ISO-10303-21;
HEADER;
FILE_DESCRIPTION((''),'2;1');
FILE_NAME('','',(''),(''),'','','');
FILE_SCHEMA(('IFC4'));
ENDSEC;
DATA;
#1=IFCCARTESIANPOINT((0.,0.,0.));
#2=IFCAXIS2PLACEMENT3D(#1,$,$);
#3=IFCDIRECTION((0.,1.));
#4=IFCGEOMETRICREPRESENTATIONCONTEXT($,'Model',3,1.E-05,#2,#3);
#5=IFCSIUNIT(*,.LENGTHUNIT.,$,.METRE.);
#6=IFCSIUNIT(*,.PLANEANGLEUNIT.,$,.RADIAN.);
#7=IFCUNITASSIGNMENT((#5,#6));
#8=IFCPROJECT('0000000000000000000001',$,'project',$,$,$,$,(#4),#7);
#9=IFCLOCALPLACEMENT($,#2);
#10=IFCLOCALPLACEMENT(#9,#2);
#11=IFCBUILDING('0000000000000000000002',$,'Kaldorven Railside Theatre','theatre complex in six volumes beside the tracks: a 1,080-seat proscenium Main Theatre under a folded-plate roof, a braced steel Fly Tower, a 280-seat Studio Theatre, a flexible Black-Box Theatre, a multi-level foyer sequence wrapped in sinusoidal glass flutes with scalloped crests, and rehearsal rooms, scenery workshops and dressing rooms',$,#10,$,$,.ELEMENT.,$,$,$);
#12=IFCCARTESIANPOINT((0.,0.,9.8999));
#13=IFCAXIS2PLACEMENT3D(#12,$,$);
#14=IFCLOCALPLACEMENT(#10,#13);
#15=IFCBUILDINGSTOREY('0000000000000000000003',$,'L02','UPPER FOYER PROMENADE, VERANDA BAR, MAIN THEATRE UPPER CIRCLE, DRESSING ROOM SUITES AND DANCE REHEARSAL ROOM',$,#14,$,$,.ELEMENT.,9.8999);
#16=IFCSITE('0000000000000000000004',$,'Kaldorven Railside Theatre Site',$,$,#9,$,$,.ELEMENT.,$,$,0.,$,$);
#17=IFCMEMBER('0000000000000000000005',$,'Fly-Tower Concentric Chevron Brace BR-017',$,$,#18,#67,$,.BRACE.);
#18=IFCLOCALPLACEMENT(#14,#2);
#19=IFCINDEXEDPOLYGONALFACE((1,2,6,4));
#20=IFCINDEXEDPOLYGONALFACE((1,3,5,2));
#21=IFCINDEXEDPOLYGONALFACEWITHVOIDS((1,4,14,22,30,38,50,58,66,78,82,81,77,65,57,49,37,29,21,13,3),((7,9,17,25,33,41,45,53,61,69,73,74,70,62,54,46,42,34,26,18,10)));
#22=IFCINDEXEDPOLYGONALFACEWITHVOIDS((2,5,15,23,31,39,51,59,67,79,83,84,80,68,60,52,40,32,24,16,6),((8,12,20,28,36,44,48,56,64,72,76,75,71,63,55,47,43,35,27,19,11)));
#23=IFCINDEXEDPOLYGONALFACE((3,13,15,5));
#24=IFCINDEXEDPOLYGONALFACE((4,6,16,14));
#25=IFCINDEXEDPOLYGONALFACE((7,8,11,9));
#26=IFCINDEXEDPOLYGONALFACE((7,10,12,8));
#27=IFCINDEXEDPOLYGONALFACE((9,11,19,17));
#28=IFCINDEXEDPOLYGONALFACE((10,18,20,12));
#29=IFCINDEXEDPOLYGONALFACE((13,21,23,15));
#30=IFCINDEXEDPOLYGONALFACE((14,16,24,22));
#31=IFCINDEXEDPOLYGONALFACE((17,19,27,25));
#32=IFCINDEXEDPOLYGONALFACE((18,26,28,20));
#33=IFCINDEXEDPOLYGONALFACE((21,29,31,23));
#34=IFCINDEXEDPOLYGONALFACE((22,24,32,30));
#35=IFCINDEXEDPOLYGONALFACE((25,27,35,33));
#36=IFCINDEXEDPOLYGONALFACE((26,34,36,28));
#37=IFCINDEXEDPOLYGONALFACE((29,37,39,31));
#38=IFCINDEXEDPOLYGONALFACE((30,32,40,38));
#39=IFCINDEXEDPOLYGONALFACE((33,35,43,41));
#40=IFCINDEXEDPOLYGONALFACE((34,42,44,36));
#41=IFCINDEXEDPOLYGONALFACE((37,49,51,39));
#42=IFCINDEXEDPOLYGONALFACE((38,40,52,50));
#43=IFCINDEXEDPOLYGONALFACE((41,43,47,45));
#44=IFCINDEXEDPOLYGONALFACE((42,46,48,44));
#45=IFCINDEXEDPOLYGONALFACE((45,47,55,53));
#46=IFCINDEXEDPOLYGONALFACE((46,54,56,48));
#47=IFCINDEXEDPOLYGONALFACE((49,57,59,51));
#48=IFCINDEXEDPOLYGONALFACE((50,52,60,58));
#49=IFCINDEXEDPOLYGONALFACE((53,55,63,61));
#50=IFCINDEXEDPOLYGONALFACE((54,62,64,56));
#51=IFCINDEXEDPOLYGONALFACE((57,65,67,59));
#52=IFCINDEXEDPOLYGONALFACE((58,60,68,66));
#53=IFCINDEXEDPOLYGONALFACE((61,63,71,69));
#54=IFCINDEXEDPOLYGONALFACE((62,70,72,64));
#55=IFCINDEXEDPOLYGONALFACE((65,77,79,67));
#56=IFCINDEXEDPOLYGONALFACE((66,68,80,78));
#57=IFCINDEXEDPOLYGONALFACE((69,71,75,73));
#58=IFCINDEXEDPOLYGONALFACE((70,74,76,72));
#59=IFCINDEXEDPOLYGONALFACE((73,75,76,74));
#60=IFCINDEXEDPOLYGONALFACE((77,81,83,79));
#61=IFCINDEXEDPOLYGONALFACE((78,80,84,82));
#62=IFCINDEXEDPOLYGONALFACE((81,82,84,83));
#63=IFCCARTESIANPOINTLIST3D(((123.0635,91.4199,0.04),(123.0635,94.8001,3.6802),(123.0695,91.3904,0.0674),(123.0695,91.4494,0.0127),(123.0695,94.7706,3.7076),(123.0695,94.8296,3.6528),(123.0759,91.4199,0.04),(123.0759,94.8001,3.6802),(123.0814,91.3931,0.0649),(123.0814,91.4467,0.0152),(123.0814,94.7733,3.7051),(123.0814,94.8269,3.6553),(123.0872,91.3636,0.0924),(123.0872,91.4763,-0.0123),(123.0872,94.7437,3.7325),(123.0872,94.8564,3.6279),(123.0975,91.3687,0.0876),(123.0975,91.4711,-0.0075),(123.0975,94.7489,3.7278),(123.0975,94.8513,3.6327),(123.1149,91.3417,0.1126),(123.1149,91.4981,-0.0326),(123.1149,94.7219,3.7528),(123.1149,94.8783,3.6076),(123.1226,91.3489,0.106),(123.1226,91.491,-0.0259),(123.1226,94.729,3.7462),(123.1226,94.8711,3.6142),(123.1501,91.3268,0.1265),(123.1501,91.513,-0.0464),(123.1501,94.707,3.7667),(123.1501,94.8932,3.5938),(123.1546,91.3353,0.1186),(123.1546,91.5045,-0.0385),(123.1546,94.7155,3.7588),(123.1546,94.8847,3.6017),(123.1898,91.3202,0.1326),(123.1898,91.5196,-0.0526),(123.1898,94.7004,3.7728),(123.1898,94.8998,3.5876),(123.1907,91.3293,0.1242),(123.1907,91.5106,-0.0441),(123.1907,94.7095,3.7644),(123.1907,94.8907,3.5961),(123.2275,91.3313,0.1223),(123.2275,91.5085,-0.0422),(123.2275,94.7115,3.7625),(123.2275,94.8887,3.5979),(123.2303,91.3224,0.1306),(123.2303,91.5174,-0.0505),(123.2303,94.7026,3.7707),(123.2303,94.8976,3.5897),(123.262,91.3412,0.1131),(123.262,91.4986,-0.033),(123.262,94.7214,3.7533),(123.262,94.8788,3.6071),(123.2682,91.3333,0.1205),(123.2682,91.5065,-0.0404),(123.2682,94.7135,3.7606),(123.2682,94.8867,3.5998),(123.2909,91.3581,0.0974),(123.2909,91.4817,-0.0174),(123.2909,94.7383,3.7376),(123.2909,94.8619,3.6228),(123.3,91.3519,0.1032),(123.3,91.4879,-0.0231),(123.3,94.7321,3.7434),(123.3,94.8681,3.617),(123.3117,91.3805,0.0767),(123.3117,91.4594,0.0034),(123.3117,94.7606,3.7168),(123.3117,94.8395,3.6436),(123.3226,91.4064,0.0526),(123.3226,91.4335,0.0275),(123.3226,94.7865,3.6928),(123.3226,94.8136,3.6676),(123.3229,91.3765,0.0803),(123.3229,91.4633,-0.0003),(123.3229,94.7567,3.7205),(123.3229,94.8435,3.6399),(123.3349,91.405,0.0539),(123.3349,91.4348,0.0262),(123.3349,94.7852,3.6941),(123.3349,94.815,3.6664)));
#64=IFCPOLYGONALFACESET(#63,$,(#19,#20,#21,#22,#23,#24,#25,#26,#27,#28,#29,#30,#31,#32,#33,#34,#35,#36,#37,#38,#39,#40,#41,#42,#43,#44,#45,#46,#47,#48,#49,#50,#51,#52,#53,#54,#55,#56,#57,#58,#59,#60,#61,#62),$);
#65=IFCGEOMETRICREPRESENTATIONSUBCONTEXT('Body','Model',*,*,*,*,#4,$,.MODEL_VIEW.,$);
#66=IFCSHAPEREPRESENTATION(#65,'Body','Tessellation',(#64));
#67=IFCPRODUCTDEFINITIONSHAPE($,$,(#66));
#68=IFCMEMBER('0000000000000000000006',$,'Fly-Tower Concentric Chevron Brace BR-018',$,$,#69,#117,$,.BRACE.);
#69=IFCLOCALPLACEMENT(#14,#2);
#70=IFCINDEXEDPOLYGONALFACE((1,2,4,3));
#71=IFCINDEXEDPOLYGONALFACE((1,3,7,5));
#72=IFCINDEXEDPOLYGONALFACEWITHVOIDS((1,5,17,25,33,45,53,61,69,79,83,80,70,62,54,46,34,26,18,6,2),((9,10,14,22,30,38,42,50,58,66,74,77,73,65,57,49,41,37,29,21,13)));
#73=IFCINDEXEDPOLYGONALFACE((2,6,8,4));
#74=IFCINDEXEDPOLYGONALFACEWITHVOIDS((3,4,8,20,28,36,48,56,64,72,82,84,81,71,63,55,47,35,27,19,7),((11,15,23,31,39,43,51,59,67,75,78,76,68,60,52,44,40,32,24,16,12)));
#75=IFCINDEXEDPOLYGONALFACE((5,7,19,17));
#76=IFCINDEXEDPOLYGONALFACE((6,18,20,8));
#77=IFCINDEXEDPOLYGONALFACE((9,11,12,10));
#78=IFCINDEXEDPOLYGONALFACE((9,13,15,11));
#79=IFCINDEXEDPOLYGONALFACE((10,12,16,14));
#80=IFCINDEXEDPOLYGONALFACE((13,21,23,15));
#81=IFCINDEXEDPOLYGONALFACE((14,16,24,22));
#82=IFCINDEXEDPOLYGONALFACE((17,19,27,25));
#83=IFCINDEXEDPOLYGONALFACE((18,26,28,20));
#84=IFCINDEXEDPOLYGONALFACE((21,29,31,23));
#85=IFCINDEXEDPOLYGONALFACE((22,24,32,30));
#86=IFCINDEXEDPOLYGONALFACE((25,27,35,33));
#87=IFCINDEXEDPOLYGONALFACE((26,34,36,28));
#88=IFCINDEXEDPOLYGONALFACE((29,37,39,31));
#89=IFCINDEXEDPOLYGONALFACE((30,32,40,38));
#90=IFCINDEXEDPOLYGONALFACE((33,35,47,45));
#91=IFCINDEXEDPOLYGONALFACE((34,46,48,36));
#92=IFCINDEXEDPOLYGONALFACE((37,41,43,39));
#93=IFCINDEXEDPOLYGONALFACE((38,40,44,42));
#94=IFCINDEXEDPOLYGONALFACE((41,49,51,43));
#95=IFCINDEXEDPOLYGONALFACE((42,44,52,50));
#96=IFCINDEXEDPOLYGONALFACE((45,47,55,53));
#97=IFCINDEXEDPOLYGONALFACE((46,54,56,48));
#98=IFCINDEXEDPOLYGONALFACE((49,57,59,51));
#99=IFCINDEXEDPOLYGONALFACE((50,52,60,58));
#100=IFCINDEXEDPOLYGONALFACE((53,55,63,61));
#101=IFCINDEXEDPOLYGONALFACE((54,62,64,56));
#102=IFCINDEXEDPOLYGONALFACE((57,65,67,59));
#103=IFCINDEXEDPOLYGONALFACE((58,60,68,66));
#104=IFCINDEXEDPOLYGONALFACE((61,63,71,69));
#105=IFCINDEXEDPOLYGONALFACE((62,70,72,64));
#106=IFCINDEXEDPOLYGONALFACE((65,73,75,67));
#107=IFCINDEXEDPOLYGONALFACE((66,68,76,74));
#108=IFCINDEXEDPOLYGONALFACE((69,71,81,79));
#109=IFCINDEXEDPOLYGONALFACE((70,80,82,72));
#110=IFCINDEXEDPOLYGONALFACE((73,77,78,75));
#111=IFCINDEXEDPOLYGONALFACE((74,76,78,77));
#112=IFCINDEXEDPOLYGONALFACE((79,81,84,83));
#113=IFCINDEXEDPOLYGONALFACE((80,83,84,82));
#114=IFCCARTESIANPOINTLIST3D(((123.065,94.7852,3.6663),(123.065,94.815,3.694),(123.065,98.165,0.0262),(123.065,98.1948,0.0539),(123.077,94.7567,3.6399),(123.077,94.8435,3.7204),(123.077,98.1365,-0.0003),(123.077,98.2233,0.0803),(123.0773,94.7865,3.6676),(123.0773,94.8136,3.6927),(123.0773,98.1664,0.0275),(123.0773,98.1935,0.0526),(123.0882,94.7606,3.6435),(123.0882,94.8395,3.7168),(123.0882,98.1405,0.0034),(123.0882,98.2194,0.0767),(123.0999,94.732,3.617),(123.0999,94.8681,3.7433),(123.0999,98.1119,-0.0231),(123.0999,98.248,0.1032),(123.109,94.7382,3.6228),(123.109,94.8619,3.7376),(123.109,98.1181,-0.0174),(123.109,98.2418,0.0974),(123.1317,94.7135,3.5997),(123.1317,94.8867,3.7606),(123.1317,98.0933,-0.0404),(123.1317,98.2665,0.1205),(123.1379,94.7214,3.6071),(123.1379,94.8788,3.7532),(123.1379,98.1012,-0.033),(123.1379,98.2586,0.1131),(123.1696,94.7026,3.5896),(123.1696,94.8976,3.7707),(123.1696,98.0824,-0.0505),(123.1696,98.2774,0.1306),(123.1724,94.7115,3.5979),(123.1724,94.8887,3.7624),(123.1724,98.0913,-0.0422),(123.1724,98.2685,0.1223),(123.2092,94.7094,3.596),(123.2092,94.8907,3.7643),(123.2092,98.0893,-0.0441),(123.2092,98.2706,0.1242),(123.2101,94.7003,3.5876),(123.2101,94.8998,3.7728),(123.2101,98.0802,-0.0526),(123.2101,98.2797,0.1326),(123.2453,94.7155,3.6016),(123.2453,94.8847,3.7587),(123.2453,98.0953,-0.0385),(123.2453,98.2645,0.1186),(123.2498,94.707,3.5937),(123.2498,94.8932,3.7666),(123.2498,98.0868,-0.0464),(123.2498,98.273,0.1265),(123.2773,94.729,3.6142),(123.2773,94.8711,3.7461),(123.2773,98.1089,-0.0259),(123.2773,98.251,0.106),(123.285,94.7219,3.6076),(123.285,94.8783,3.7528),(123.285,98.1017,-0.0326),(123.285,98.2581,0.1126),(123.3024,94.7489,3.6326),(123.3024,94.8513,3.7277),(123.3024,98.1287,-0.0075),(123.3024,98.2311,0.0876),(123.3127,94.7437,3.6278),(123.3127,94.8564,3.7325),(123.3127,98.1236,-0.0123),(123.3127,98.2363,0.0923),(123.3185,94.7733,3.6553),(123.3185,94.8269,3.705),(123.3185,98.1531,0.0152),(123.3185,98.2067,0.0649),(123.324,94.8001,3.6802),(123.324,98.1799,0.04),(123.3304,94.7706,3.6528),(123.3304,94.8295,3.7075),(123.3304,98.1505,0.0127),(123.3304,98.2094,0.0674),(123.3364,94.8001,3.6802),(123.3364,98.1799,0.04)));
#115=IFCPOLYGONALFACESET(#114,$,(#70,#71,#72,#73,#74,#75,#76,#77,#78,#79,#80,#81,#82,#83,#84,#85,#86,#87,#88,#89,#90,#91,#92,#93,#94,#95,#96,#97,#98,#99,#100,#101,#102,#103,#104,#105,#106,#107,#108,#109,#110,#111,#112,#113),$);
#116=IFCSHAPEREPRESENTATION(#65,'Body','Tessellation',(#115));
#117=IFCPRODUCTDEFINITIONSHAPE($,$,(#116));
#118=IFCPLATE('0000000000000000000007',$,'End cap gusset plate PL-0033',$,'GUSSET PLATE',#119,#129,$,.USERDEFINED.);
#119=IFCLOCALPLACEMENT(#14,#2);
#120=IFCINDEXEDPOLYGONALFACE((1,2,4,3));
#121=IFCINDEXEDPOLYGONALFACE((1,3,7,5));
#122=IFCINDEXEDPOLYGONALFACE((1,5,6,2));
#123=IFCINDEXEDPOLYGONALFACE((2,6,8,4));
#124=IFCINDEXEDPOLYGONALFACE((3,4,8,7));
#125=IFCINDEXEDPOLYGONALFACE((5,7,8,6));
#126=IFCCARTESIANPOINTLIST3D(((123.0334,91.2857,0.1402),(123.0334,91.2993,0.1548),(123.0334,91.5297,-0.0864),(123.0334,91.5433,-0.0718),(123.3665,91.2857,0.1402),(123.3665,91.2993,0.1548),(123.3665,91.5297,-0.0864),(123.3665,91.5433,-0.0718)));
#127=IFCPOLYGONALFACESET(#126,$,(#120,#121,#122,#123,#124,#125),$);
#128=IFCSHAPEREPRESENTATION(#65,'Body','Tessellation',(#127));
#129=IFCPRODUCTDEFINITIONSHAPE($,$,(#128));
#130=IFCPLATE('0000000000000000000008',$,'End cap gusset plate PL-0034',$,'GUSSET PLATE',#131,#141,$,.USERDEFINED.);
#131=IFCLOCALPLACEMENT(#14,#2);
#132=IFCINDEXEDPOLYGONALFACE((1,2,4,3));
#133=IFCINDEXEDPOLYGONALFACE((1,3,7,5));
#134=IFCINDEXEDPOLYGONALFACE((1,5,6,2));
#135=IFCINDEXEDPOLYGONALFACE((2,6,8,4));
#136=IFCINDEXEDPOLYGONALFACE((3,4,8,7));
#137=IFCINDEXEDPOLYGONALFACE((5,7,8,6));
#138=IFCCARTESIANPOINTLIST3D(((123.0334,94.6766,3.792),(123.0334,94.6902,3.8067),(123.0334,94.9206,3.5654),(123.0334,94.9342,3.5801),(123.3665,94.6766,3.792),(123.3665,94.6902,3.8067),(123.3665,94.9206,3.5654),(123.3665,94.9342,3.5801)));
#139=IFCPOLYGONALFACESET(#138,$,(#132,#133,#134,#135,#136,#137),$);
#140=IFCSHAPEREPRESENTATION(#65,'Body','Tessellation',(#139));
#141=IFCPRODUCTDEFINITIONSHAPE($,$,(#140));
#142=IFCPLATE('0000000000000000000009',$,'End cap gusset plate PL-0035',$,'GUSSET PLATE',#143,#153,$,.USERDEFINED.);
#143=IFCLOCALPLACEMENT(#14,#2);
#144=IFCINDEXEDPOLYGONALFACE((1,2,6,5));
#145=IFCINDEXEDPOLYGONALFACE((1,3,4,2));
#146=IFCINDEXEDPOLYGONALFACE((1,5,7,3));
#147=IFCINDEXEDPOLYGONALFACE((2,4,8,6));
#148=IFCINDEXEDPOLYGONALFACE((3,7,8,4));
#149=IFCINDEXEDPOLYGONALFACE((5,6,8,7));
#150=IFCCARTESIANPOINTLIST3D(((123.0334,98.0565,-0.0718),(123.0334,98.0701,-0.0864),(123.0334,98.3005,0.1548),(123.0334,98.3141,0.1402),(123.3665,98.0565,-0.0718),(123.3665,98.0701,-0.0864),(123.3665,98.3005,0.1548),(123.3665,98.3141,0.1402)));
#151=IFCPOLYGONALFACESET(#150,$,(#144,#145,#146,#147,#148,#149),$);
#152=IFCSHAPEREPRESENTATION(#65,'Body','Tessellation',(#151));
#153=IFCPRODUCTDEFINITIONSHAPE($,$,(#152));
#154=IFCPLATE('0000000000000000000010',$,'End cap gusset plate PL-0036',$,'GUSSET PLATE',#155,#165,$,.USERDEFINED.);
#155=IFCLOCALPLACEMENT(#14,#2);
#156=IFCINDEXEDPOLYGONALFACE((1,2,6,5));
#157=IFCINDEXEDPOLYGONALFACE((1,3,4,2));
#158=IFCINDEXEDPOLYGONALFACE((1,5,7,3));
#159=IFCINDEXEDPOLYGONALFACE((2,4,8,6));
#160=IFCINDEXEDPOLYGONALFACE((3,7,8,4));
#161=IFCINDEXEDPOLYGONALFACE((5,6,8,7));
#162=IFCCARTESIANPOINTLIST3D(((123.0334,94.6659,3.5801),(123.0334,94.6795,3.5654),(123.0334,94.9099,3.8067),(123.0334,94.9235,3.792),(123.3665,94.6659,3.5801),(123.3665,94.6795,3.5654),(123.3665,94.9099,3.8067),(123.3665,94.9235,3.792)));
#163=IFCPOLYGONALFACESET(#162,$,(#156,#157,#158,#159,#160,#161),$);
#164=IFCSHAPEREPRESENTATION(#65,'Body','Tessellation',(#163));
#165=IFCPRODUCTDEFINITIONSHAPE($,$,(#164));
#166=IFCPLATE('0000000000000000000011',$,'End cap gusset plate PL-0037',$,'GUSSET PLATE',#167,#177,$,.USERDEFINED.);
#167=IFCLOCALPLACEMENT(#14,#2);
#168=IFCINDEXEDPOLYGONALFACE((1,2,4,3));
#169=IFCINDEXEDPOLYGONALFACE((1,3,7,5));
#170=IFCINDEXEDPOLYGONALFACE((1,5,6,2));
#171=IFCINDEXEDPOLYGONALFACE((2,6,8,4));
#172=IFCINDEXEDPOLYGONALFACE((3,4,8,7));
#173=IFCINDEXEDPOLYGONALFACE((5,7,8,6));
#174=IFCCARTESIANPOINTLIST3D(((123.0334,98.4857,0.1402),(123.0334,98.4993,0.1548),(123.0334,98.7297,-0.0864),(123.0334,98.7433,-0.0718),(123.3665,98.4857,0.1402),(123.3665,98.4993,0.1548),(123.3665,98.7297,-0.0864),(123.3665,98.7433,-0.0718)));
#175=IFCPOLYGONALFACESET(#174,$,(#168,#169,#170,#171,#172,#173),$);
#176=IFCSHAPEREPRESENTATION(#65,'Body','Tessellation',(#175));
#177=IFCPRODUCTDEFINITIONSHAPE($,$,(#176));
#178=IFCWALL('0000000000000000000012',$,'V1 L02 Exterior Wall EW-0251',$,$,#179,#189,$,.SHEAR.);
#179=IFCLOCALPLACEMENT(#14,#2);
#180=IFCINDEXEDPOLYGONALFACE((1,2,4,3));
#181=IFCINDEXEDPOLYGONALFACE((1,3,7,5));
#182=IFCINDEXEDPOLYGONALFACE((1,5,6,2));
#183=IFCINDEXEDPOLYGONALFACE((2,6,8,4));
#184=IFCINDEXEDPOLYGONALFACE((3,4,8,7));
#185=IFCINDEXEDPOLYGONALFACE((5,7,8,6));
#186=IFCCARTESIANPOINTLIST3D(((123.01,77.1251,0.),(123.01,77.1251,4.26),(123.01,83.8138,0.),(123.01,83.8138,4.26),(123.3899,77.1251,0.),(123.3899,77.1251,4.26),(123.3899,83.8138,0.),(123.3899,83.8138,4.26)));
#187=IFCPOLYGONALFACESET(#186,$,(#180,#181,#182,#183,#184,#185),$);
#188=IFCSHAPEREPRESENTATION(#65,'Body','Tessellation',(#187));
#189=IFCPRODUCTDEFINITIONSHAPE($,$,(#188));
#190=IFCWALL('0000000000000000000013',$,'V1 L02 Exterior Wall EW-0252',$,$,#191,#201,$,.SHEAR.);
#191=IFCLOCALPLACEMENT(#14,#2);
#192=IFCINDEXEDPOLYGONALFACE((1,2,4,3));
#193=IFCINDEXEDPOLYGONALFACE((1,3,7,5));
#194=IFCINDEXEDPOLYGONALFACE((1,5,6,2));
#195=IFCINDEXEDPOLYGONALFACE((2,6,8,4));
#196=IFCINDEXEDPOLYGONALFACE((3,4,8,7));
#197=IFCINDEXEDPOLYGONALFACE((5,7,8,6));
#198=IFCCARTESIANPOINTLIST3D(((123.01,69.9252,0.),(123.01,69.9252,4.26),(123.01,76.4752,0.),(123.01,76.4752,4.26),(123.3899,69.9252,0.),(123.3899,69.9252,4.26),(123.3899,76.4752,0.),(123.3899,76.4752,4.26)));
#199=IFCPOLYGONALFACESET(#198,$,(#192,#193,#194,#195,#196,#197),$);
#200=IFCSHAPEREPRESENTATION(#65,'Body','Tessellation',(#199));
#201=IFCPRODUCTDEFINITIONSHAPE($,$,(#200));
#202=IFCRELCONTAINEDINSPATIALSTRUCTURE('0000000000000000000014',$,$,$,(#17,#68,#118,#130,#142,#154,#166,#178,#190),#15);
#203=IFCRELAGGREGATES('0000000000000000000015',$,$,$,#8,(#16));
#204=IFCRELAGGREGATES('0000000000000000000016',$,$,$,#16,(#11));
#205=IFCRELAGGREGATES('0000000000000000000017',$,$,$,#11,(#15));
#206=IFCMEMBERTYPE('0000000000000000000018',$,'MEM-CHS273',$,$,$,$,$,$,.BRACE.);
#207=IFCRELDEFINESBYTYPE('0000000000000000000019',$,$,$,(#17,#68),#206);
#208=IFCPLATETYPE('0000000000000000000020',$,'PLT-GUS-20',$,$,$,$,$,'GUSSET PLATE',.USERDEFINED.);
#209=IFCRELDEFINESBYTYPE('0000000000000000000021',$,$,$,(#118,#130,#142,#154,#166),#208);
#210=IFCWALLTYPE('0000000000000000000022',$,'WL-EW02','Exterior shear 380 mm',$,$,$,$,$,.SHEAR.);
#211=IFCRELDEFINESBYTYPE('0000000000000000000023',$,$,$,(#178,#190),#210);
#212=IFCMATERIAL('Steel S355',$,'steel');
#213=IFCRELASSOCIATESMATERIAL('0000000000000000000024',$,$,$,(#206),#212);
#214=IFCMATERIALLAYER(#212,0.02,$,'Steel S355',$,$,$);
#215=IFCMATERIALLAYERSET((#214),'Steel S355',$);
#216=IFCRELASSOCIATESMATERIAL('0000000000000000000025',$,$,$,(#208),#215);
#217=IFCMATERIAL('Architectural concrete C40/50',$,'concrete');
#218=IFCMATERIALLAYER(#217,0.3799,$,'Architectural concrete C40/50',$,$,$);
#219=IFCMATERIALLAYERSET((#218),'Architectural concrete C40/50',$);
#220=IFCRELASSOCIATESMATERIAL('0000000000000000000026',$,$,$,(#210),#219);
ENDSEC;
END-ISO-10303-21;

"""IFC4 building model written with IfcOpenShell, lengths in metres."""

from ifc_helpers import new_model, si_unit, direction, frame, frame_2d, origin, origin_2d, place, context, subcontext, project, spatial, rectangle, hollow_circle, extrude, material, layer, layer_set, material_profile, profile_set, type_object, element, save


model = new_model("IFC4")

# Units and contexts
model_context = context("Model", 3, precision=1e-05, world=origin(), true_north=direction((0.0, 1.0)))
body_context = subcontext(model_context, "Body", "Model", "MODEL_VIEW")
ifc_project = project(units=[si_unit("LENGTHUNIT", "METRE"), si_unit("PLANEANGLEUNIT", "RADIAN")], contexts=[model_context])

# Site, building, storey
site_placement = place(None, origin())
site = spatial("IfcSite", under=ifc_project, at=site_placement, Name="Kaldorven Railside Theatre Site", CompositionType="ELEMENT", RefElevation=0.0)
building_placement = place(site_placement, origin())
building = spatial("IfcBuilding", under=site, at=building_placement, Name="Kaldorven Railside Theatre", Description="theatre complex in six volumes beside the tracks: a 1,080-seat proscenium Main Theatre under a folded-plate roof, a braced steel Fly Tower, a 280-seat Studio Theatre, a flexible Black-Box Theatre, a multi-level foyer sequence wrapped in sinusoidal glass flutes with scalloped crests, and rehearsal rooms, scenery workshops and dressing rooms", CompositionType="ELEMENT")
storey_placement = place(building_placement, frame((0.0, 0.0, 9.8999)))
storey = spatial("IfcBuildingStorey", under=building, at=storey_placement, Name="L02", Description="UPPER FOYER PROMENADE, VERANDA BAR, MAIN THEATRE UPPER CIRCLE, DRESSING ROOM SUITES AND DANCE REHEARSAL ROOM", CompositionType="ELEMENT", Elevation=9.8999)

# Shared definitions
ifc_material_1 = material(Name="Steel S355", Category="steel")
ifc_material_2 = material(Name="Architectural concrete C40/50", Category="concrete")

# Members
ifc_material_profile_1 = material_profile(ifc_material_1, hollow_circle(Radius=0.1365, WallThickness=0.0125, at=origin_2d()), Name="CHS 273x12.5")
ifc_profile_set_1 = profile_set([ifc_material_profile_1], Name="Steel S355")
member_type = type_object("IfcMemberType", Name="MEM-CHS273", PredefinedType="BRACE", material=ifc_profile_set_1)
member_1_placement = place(storey_placement, frame((123.2, 91.4199, 0.04), z_axis=(0.0, 0.680451, 0.732793), x_axis=(-1.0, 0.0, 0.0)))
element("IfcMember", 1, at=member_1_placement, inside=storey, type_object=member_type, Name="Fly-Tower Concentric Chevron Brace BR-017", PredefinedType="BRACE", context=body_context, shape_type="SweptSolid", body=[
    extrude(hollow_circle(Radius=0.1365, WallThickness=0.0125, at=origin_2d()), origin(), (0.0, 0.0, 1.0), 4.9675),
])
member_2_placement = place(storey_placement, frame((123.2, 98.1799, 0.04), z_axis=(0.0, -0.680425, 0.732818), x_axis=(1.0, 0.0, 0.0)))
element("IfcMember", 2, at=member_2_placement, inside=storey, type_object=member_type, Name="Fly-Tower Concentric Chevron Brace BR-018", PredefinedType="BRACE", context=body_context, shape_type="SweptSolid", body=[
    extrude(hollow_circle(Radius=0.1365, WallThickness=0.0125, at=origin_2d()), origin(), (0.0, 0.0, 1.0), 4.9673),
])

# Plates
ifc_layer_1 = layer(ifc_material_1, 0.02, Name="Steel S355")
ifc_layer_set_1 = layer_set([ifc_layer_1], Name="Steel S355")
plate_type = type_object("IfcPlateType", Name="PLT-GUS-20", ElementType="GUSSET PLATE", PredefinedType="USERDEFINED", material=ifc_layer_set_1)
for number, where, z_axis, x_axis, name in (
    (3, (123.2, 91.4077, 0.0269), (0.0, 0.680465, 0.73278), (-1.0, 0.0, 0.0), "End cap gusset plate PL-0033"),
    (4, (123.2, 94.7986, 3.6787), (0.0, 0.680465, 0.73278), (-1.0, 0.0, 0.0), "End cap gusset plate PL-0034"),
    (5, (123.2, 98.1921, 0.0269), (0.0, -0.680465, 0.73278), (1.0, 0.0, 0.0), "End cap gusset plate PL-0035"),
    (6, (123.2, 94.8015, 3.6787), (0.0, -0.680465, 0.73278), (1.0, 0.0, 0.0), "End cap gusset plate PL-0036"),
    (7, (123.2, 98.6077, 0.0269), (0.0, 0.680465, 0.73278), (-1.0, 0.0, 0.0), "End cap gusset plate PL-0037"),
):
    element("IfcPlate", number, at=place(storey_placement, frame(where, z_axis=z_axis, x_axis=x_axis)), inside=storey, type_object=plate_type, Name=name, ObjectType="GUSSET PLATE", PredefinedType="USERDEFINED", context=body_context, shape_type="SweptSolid", body=[
        extrude(rectangle(XDim=0.333, YDim=0.333, at=origin_2d()), origin(), (0.0, 0.0, 1.0), 0.02),
    ])

# Walls
ifc_layer_2 = layer(ifc_material_2, 0.3799, Name="Architectural concrete C40/50")
ifc_layer_set_2 = layer_set([ifc_layer_2], Name="Architectural concrete C40/50")
wall_type_1 = type_object("IfcWallType", Name="WL-EW02", Description="Exterior shear 380 mm", PredefinedType="SHEAR", material=ifc_layer_set_2)
wall_1_placement = place(storey_placement, frame((123.2, 83.8137, 0.0), z_axis=(0.0, 0.0, 1.0), x_axis=(0.0, -1.0, 0.0)))
element("IfcWall", 8, at=wall_1_placement, inside=storey, type_object=wall_type_1, Name="V1 L02 Exterior Wall EW-0251", PredefinedType="SHEAR", context=body_context, shape_type="SweptSolid", body=[
    extrude(rectangle(XDim=6.6887, YDim=0.3799, at=frame_2d((3.3442, 0.0))), origin(), (0.0, 0.0, 1.0), 4.26),
])
wall_2_placement = place(storey_placement, frame((123.2, 76.4751, 0.0), z_axis=(0.0, 0.0, 1.0), x_axis=(0.0, -1.0, 0.0)))
element("IfcWall", 9, at=wall_2_placement, inside=storey, type_object=wall_type_1, Name="V1 L02 Exterior Wall EW-0252", PredefinedType="SHEAR", context=body_context, shape_type="SweptSolid", body=[
    extrude(rectangle(XDim=6.55, YDim=0.3799, at=frame_2d((3.2749, 0.0))), origin(), (0.0, 0.0, 1.0), 4.26),
])

save(model, "model.ifc")
